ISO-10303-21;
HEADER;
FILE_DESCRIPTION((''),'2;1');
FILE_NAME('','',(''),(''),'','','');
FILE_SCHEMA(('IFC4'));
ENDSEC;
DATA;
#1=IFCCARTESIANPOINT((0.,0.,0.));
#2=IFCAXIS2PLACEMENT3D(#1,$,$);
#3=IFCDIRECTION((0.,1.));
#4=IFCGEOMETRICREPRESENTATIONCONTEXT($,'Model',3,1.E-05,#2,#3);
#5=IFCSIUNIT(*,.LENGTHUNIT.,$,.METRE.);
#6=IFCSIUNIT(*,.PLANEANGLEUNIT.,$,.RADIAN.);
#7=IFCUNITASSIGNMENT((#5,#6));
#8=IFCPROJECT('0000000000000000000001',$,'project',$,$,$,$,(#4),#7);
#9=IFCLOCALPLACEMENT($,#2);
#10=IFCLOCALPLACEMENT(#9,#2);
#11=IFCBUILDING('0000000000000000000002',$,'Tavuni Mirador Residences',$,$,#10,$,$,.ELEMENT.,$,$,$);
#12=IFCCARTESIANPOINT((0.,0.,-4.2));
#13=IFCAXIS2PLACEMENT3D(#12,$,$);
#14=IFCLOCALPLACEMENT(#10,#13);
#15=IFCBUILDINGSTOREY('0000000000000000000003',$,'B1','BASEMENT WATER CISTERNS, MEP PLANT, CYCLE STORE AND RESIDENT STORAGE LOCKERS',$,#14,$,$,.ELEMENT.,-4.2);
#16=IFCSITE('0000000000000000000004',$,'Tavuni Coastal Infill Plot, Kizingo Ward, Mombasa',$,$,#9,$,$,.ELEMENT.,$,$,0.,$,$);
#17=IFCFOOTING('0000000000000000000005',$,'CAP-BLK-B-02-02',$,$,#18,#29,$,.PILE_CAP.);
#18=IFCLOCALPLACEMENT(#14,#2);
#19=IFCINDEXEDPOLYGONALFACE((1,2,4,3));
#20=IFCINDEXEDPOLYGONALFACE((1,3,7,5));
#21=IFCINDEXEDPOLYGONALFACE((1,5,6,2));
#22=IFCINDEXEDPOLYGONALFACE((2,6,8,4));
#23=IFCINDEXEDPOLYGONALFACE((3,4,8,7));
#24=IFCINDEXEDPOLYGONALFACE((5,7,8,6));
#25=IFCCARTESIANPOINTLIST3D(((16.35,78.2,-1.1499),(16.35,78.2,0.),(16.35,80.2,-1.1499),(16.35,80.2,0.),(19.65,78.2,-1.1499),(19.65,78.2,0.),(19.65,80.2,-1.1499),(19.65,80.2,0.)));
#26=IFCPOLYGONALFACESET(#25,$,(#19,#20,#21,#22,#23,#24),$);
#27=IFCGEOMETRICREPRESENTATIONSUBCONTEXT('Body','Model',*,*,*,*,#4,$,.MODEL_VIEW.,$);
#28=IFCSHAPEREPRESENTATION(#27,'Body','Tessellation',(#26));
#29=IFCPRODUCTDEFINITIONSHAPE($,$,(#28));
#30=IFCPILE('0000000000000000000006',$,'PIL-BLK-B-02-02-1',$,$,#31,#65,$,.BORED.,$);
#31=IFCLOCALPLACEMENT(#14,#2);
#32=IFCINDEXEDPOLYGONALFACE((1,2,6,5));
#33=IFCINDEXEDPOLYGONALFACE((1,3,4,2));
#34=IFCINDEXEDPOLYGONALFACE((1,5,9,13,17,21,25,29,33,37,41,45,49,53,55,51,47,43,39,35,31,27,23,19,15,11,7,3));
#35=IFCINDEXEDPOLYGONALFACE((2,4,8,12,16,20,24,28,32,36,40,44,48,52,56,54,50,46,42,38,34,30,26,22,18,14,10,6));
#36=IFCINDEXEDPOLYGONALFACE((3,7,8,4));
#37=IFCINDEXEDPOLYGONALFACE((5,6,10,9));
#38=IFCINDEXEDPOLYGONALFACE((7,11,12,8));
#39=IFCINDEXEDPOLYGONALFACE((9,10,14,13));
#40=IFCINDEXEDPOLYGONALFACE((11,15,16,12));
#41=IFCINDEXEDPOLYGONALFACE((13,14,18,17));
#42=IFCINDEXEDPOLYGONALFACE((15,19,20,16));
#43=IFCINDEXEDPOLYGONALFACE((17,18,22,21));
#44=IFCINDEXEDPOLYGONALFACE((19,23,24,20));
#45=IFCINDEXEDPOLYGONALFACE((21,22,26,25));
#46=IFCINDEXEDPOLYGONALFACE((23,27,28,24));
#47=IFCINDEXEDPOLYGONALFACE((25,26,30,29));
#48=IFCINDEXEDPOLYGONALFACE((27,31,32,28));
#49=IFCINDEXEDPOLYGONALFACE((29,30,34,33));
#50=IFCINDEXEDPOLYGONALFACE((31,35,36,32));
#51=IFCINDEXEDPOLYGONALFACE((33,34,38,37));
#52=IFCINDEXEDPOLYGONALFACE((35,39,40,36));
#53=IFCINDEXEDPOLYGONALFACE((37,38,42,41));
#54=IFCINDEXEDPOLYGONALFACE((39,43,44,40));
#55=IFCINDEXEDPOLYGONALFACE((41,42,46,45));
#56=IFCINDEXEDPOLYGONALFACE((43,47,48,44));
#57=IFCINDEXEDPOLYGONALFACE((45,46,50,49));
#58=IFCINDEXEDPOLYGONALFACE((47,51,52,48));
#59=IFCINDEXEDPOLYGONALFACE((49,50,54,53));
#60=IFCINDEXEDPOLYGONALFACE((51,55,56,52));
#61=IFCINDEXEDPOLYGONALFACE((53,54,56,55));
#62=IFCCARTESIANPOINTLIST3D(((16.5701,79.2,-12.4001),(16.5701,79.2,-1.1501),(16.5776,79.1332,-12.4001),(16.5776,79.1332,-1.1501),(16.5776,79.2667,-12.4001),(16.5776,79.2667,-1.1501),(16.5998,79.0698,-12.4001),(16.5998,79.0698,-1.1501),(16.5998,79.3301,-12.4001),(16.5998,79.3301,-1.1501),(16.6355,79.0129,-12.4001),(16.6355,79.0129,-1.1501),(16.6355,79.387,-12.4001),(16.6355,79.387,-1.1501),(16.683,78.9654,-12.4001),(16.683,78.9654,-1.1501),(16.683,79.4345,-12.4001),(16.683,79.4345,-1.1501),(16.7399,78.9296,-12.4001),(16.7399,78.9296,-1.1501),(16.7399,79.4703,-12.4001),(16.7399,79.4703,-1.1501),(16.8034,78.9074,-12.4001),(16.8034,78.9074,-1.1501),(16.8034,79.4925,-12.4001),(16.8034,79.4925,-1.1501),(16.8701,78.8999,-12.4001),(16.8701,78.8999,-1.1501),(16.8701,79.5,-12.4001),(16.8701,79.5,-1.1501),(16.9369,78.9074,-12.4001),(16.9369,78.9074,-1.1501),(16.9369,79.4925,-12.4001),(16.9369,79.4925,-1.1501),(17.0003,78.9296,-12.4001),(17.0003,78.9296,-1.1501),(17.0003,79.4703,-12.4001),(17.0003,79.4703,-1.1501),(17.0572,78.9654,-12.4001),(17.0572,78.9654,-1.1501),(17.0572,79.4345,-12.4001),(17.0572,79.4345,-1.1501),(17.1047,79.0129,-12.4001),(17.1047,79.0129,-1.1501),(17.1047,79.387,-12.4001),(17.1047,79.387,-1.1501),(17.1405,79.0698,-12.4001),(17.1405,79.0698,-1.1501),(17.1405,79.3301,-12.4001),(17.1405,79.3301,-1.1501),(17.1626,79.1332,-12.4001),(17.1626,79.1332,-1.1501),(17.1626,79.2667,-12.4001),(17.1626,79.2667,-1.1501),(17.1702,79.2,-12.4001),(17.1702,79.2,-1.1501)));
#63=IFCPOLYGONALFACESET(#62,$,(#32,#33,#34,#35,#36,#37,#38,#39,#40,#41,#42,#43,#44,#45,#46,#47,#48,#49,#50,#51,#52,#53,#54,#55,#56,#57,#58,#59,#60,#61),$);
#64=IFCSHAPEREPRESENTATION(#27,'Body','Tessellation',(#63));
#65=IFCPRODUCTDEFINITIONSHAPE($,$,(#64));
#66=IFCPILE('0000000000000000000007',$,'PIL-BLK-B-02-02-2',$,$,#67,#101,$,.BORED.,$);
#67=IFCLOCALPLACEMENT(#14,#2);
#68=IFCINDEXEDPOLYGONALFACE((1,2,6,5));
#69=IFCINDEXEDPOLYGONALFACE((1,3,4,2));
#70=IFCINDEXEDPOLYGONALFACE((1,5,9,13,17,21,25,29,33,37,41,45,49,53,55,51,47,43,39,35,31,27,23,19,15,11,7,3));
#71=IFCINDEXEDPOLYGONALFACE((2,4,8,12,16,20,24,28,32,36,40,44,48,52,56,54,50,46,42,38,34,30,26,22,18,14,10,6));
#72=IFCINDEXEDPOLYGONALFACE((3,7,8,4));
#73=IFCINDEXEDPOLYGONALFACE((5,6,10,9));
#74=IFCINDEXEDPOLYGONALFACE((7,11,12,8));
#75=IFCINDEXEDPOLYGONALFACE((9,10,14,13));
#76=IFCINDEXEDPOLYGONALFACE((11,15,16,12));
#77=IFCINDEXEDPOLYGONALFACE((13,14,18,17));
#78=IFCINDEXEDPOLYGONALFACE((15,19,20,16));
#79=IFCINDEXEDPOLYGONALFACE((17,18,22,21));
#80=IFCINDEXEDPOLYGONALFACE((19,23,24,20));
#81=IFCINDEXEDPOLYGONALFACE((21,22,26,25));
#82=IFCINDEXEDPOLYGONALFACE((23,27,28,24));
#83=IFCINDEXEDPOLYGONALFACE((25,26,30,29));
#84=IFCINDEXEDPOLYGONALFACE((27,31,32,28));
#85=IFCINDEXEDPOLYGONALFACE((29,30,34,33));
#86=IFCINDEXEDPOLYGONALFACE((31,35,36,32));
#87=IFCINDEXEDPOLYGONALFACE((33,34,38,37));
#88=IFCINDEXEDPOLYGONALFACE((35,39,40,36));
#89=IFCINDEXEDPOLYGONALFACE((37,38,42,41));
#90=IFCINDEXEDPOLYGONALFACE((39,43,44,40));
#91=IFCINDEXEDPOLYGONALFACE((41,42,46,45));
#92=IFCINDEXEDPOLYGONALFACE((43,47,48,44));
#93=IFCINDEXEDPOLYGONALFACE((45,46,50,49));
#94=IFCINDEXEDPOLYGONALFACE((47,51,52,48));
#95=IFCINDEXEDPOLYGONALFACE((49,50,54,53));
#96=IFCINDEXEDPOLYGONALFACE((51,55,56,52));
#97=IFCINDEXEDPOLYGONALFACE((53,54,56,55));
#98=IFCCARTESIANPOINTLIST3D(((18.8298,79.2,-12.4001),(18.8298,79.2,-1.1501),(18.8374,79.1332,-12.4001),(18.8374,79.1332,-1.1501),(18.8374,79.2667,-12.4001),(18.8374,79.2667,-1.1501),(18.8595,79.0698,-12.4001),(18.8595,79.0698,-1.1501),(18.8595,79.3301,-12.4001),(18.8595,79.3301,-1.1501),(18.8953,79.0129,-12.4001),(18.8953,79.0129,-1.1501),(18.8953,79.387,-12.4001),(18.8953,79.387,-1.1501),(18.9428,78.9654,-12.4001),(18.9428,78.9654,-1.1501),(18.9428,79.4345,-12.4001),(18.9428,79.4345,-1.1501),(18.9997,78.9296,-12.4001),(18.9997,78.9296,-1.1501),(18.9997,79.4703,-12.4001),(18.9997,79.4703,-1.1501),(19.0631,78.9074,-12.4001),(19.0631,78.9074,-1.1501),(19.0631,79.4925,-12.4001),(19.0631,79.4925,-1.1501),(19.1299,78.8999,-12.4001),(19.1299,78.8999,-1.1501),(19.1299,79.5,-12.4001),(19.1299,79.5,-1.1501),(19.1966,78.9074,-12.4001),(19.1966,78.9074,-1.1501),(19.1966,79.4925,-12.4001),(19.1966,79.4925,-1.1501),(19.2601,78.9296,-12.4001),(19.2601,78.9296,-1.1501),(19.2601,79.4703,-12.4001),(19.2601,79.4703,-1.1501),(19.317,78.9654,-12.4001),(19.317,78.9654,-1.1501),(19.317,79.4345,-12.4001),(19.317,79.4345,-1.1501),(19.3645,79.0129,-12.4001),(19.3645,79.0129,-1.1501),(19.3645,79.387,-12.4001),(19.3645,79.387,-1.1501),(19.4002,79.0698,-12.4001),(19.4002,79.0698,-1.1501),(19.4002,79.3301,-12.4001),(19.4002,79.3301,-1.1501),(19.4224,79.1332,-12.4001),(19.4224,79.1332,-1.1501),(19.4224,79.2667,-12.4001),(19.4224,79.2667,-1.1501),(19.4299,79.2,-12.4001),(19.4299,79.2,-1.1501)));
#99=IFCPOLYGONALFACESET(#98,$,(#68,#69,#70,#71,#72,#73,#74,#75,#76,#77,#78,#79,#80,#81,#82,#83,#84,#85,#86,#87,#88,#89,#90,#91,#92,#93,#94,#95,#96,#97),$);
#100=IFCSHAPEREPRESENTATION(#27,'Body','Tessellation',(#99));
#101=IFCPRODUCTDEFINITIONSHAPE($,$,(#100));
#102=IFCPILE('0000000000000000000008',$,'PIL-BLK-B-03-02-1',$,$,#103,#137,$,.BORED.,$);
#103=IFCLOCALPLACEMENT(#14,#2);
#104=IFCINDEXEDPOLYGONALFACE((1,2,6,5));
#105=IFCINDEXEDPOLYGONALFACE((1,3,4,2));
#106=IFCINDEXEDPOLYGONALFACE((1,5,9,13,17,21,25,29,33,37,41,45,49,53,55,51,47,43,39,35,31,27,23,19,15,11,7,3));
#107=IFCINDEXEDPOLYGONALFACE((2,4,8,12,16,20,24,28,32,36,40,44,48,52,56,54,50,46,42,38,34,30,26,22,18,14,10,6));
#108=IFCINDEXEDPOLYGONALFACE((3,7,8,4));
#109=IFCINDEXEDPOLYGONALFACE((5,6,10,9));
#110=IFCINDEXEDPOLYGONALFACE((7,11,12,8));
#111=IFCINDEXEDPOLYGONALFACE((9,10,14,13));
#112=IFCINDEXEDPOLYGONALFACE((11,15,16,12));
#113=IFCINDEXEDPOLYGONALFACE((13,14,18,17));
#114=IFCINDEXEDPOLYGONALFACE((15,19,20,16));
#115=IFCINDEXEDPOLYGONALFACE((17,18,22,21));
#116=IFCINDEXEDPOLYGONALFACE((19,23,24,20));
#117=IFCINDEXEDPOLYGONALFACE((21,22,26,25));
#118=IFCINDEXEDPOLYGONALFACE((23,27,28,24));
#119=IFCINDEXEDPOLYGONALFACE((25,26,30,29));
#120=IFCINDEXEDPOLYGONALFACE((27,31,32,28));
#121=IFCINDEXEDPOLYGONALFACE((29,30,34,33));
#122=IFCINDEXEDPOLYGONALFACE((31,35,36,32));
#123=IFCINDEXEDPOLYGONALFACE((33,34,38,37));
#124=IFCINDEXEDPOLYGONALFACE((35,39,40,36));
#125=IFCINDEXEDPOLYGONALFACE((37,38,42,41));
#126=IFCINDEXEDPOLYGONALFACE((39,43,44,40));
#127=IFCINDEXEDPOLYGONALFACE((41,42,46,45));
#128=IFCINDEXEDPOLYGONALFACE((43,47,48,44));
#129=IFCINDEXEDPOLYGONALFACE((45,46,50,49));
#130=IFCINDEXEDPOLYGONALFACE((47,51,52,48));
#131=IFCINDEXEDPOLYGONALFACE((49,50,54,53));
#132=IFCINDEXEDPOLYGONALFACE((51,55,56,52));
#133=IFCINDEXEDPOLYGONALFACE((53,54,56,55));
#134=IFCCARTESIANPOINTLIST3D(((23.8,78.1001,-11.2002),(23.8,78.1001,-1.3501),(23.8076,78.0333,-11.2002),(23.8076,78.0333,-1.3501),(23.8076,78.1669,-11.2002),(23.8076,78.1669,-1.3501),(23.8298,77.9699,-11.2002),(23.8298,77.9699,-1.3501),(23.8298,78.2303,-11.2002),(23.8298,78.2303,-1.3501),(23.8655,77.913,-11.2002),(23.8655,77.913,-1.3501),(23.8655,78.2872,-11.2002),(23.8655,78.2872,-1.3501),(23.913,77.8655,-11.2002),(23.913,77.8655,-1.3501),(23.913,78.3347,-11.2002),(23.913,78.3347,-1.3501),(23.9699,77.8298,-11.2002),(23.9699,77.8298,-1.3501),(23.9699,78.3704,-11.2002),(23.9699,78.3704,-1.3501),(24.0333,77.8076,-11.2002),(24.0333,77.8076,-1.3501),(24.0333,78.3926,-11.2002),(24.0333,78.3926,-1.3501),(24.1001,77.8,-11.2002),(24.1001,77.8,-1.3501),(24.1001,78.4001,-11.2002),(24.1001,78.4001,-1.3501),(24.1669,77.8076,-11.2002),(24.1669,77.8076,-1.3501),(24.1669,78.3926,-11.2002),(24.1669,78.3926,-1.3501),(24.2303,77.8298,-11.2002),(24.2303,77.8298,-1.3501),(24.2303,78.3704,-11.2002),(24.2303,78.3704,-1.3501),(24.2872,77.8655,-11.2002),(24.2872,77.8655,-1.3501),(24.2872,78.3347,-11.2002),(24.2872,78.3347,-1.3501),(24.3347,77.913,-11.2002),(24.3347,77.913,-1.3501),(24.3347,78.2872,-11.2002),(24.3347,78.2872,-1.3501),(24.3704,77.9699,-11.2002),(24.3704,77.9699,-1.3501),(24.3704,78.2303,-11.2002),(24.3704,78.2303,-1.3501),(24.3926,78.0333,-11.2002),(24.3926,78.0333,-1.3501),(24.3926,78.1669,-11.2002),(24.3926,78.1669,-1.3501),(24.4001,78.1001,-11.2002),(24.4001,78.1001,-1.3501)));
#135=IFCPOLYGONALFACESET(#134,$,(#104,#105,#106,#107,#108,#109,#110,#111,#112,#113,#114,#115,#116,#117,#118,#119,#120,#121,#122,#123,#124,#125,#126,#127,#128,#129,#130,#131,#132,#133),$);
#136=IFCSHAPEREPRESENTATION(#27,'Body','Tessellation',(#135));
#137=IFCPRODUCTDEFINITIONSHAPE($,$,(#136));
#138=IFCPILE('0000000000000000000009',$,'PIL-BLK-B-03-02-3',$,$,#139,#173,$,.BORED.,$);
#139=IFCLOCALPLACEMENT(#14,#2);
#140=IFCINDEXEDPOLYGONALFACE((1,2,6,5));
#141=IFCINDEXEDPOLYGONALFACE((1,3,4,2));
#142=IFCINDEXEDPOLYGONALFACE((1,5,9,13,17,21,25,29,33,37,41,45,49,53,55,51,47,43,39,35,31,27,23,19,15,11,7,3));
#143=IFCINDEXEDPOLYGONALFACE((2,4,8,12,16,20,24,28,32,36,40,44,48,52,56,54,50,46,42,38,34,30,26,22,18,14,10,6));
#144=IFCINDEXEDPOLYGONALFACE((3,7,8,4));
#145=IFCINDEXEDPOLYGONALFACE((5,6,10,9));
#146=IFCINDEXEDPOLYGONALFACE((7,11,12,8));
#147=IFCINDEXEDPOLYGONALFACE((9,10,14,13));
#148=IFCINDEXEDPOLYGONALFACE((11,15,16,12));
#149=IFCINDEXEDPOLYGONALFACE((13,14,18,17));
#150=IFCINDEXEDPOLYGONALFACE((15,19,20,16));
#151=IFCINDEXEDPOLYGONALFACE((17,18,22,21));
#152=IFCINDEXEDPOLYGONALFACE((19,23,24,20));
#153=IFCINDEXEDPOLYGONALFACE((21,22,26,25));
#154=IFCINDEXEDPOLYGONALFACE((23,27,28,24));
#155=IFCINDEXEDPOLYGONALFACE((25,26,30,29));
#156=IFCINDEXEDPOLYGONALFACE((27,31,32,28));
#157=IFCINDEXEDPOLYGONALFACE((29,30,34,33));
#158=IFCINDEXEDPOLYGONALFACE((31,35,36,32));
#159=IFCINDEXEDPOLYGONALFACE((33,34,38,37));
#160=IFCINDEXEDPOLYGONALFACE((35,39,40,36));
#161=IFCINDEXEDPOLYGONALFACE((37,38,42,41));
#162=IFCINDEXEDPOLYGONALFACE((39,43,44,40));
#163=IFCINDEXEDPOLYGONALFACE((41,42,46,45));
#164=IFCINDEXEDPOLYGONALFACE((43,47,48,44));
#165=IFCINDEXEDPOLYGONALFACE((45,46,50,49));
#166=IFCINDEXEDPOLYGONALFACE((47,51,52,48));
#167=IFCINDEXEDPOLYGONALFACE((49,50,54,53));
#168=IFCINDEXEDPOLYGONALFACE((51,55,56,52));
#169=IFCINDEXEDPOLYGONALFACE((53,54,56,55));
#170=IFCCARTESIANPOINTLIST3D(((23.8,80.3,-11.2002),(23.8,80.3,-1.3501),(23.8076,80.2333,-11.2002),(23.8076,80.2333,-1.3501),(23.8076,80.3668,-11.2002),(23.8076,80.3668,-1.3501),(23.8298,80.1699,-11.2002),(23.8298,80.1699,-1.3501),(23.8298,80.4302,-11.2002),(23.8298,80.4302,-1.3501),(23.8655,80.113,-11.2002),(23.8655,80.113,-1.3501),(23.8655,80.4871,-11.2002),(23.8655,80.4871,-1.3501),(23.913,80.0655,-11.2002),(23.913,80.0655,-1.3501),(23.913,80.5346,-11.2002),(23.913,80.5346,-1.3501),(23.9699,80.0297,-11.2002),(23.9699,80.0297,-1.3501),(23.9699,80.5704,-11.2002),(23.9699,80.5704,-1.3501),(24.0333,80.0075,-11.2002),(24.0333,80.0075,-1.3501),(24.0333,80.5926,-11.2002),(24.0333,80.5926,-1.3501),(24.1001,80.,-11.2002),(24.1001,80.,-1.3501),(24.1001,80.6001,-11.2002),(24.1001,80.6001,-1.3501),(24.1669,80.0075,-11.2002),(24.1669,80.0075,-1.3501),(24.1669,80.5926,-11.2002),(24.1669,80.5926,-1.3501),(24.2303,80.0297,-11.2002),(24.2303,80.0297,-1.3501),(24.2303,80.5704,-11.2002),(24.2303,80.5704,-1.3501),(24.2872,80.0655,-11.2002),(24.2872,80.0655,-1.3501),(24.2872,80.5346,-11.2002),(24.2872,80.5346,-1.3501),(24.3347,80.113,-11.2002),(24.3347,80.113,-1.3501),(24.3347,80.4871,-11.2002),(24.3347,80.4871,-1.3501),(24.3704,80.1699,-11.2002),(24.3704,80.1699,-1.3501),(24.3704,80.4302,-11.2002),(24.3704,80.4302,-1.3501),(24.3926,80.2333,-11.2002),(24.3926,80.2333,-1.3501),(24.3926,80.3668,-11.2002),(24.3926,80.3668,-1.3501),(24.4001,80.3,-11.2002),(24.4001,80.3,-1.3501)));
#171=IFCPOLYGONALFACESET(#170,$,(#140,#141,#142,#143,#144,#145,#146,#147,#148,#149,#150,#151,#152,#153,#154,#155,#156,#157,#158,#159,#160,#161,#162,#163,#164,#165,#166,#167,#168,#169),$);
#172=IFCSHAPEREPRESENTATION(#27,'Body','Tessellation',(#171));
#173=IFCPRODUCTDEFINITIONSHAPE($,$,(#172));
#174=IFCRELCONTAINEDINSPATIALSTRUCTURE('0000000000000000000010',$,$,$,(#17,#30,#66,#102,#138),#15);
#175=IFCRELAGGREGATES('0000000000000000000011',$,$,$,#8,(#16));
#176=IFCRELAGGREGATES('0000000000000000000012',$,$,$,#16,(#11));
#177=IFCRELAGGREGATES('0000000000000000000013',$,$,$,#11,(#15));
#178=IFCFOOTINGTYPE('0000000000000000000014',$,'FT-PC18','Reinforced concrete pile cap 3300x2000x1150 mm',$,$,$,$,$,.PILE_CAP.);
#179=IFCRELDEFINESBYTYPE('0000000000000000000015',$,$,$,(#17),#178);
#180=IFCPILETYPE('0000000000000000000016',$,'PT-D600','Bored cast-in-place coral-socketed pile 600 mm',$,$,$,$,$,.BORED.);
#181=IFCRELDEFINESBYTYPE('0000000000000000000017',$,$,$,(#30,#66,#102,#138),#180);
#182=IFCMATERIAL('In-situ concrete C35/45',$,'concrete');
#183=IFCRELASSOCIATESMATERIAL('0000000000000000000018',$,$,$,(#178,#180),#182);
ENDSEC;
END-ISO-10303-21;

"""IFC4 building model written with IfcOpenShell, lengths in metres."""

from ifc_helpers import new_model, si_unit, direction, frame, origin, origin_2d, place, context, subcontext, project, spatial, rectangle, circle, extrude, material, material_profile, profile_set, type_object, element, save


model = new_model("IFC4")

# Units and contexts
model_context = context("Model", 3, precision=1e-05, world=origin(), true_north=direction((0.0, 1.0)))
body_context = subcontext(model_context, "Body", "Model", "MODEL_VIEW")
ifc_project = project(units=[si_unit("LENGTHUNIT", "METRE"), si_unit("PLANEANGLEUNIT", "RADIAN")], contexts=[model_context])

# Site, building, storey
site_placement = place(None, origin())
site = spatial("IfcSite", under=ifc_project, at=site_placement, Name="Tavuni Coastal Infill Plot, Kizingo Ward, Mombasa", CompositionType="ELEMENT", RefElevation=0.0)
building_placement = place(site_placement, origin())
building = spatial("IfcBuilding", under=site, at=building_placement, Name="Tavuni Mirador Residences", CompositionType="ELEMENT")
storey_placement = place(building_placement, frame((0.0, 0.0, -4.2)))
storey = spatial("IfcBuildingStorey", under=building, at=storey_placement, Name="B1", Description="BASEMENT WATER CISTERNS, MEP PLANT, CYCLE STORE AND RESIDENT STORAGE LOCKERS", CompositionType="ELEMENT", Elevation=-4.2)

# Footing
ifc_material_1 = material(Name="In-situ concrete C35/45", Category="concrete")
footing_type = type_object("IfcFootingType", Name="FT-PC18", Description="Reinforced concrete pile cap 3300x2000x1150 mm", PredefinedType="PILE_CAP", material=ifc_material_1)
footing_placement = place(storey_placement, frame((18.0, 79.2, -1.1499), z_axis=(0.0, 0.0, 1.0), x_axis=(1.0, 0.0, 0.0)))
element("IfcFooting", 1, at=footing_placement, inside=storey, type_object=footing_type, Name="CAP-BLK-B-02-02", PredefinedType="PILE_CAP", context=body_context, shape_type="SweptSolid", body=[
    extrude(rectangle(XDim=3.3, YDim=2.0, at=origin_2d()), origin(), (0.0, 0.0, 1.0), 1.1499),
])

# Piles
ifc_material_profile_1 = material_profile(ifc_material_1, circle(Radius=0.3, at=origin_2d()), Name="PILE D600", Category="concrete")
ifc_profile_set_1 = profile_set([ifc_material_profile_1], Name="In-situ concrete C35/45")
pile_type_1 = type_object("IfcPileType", Name="PT-D600", Description="Bored cast-in-place coral-socketed pile 600 mm", PredefinedType="BORED", material=ifc_profile_set_1)
for number, where, z_axis, x_axis, name in (
    (2, (16.8701, 79.2, -1.1501), (0.0, 0.0, -1.0), (1.0, 0.0, 0.0), "PIL-BLK-B-02-02-1"),
    (3, (19.1299, 79.2, -1.1501), (0.0, 0.0, -1.0), (1.0, 0.0, 0.0), "PIL-BLK-B-02-02-2"),
):
    element("IfcPile", number, at=place(storey_placement, frame(where, z_axis=z_axis, x_axis=x_axis)), inside=storey, type_object=pile_type_1, Name=name, PredefinedType="BORED", context=body_context, shape_type="SweptSolid", body=[
        extrude(circle(Radius=0.3, at=origin_2d()), origin(), (0.0, 0.0, 1.0), 11.25),
    ])
for number, where, z_axis, x_axis, name in (
    (4, (24.1001, 78.1001, -1.3501), (0.0, 0.0, -1.0), (1.0, 0.0, 0.0), "PIL-BLK-B-03-02-1"),
    (5, (24.1001, 80.3, -1.3501), (0.0, 0.0, -1.0), (1.0, 0.0, 0.0), "PIL-BLK-B-03-02-3"),
):
    element("IfcPile", number, at=place(storey_placement, frame(where, z_axis=z_axis, x_axis=x_axis)), inside=storey, type_object=pile_type_1, Name=name, PredefinedType="BORED", context=body_context, shape_type="SweptSolid", body=[
        extrude(circle(Radius=0.3, at=origin_2d()), origin(), (0.0, 0.0, 1.0), 9.8501),
    ])

save(model, "model.ifc")
